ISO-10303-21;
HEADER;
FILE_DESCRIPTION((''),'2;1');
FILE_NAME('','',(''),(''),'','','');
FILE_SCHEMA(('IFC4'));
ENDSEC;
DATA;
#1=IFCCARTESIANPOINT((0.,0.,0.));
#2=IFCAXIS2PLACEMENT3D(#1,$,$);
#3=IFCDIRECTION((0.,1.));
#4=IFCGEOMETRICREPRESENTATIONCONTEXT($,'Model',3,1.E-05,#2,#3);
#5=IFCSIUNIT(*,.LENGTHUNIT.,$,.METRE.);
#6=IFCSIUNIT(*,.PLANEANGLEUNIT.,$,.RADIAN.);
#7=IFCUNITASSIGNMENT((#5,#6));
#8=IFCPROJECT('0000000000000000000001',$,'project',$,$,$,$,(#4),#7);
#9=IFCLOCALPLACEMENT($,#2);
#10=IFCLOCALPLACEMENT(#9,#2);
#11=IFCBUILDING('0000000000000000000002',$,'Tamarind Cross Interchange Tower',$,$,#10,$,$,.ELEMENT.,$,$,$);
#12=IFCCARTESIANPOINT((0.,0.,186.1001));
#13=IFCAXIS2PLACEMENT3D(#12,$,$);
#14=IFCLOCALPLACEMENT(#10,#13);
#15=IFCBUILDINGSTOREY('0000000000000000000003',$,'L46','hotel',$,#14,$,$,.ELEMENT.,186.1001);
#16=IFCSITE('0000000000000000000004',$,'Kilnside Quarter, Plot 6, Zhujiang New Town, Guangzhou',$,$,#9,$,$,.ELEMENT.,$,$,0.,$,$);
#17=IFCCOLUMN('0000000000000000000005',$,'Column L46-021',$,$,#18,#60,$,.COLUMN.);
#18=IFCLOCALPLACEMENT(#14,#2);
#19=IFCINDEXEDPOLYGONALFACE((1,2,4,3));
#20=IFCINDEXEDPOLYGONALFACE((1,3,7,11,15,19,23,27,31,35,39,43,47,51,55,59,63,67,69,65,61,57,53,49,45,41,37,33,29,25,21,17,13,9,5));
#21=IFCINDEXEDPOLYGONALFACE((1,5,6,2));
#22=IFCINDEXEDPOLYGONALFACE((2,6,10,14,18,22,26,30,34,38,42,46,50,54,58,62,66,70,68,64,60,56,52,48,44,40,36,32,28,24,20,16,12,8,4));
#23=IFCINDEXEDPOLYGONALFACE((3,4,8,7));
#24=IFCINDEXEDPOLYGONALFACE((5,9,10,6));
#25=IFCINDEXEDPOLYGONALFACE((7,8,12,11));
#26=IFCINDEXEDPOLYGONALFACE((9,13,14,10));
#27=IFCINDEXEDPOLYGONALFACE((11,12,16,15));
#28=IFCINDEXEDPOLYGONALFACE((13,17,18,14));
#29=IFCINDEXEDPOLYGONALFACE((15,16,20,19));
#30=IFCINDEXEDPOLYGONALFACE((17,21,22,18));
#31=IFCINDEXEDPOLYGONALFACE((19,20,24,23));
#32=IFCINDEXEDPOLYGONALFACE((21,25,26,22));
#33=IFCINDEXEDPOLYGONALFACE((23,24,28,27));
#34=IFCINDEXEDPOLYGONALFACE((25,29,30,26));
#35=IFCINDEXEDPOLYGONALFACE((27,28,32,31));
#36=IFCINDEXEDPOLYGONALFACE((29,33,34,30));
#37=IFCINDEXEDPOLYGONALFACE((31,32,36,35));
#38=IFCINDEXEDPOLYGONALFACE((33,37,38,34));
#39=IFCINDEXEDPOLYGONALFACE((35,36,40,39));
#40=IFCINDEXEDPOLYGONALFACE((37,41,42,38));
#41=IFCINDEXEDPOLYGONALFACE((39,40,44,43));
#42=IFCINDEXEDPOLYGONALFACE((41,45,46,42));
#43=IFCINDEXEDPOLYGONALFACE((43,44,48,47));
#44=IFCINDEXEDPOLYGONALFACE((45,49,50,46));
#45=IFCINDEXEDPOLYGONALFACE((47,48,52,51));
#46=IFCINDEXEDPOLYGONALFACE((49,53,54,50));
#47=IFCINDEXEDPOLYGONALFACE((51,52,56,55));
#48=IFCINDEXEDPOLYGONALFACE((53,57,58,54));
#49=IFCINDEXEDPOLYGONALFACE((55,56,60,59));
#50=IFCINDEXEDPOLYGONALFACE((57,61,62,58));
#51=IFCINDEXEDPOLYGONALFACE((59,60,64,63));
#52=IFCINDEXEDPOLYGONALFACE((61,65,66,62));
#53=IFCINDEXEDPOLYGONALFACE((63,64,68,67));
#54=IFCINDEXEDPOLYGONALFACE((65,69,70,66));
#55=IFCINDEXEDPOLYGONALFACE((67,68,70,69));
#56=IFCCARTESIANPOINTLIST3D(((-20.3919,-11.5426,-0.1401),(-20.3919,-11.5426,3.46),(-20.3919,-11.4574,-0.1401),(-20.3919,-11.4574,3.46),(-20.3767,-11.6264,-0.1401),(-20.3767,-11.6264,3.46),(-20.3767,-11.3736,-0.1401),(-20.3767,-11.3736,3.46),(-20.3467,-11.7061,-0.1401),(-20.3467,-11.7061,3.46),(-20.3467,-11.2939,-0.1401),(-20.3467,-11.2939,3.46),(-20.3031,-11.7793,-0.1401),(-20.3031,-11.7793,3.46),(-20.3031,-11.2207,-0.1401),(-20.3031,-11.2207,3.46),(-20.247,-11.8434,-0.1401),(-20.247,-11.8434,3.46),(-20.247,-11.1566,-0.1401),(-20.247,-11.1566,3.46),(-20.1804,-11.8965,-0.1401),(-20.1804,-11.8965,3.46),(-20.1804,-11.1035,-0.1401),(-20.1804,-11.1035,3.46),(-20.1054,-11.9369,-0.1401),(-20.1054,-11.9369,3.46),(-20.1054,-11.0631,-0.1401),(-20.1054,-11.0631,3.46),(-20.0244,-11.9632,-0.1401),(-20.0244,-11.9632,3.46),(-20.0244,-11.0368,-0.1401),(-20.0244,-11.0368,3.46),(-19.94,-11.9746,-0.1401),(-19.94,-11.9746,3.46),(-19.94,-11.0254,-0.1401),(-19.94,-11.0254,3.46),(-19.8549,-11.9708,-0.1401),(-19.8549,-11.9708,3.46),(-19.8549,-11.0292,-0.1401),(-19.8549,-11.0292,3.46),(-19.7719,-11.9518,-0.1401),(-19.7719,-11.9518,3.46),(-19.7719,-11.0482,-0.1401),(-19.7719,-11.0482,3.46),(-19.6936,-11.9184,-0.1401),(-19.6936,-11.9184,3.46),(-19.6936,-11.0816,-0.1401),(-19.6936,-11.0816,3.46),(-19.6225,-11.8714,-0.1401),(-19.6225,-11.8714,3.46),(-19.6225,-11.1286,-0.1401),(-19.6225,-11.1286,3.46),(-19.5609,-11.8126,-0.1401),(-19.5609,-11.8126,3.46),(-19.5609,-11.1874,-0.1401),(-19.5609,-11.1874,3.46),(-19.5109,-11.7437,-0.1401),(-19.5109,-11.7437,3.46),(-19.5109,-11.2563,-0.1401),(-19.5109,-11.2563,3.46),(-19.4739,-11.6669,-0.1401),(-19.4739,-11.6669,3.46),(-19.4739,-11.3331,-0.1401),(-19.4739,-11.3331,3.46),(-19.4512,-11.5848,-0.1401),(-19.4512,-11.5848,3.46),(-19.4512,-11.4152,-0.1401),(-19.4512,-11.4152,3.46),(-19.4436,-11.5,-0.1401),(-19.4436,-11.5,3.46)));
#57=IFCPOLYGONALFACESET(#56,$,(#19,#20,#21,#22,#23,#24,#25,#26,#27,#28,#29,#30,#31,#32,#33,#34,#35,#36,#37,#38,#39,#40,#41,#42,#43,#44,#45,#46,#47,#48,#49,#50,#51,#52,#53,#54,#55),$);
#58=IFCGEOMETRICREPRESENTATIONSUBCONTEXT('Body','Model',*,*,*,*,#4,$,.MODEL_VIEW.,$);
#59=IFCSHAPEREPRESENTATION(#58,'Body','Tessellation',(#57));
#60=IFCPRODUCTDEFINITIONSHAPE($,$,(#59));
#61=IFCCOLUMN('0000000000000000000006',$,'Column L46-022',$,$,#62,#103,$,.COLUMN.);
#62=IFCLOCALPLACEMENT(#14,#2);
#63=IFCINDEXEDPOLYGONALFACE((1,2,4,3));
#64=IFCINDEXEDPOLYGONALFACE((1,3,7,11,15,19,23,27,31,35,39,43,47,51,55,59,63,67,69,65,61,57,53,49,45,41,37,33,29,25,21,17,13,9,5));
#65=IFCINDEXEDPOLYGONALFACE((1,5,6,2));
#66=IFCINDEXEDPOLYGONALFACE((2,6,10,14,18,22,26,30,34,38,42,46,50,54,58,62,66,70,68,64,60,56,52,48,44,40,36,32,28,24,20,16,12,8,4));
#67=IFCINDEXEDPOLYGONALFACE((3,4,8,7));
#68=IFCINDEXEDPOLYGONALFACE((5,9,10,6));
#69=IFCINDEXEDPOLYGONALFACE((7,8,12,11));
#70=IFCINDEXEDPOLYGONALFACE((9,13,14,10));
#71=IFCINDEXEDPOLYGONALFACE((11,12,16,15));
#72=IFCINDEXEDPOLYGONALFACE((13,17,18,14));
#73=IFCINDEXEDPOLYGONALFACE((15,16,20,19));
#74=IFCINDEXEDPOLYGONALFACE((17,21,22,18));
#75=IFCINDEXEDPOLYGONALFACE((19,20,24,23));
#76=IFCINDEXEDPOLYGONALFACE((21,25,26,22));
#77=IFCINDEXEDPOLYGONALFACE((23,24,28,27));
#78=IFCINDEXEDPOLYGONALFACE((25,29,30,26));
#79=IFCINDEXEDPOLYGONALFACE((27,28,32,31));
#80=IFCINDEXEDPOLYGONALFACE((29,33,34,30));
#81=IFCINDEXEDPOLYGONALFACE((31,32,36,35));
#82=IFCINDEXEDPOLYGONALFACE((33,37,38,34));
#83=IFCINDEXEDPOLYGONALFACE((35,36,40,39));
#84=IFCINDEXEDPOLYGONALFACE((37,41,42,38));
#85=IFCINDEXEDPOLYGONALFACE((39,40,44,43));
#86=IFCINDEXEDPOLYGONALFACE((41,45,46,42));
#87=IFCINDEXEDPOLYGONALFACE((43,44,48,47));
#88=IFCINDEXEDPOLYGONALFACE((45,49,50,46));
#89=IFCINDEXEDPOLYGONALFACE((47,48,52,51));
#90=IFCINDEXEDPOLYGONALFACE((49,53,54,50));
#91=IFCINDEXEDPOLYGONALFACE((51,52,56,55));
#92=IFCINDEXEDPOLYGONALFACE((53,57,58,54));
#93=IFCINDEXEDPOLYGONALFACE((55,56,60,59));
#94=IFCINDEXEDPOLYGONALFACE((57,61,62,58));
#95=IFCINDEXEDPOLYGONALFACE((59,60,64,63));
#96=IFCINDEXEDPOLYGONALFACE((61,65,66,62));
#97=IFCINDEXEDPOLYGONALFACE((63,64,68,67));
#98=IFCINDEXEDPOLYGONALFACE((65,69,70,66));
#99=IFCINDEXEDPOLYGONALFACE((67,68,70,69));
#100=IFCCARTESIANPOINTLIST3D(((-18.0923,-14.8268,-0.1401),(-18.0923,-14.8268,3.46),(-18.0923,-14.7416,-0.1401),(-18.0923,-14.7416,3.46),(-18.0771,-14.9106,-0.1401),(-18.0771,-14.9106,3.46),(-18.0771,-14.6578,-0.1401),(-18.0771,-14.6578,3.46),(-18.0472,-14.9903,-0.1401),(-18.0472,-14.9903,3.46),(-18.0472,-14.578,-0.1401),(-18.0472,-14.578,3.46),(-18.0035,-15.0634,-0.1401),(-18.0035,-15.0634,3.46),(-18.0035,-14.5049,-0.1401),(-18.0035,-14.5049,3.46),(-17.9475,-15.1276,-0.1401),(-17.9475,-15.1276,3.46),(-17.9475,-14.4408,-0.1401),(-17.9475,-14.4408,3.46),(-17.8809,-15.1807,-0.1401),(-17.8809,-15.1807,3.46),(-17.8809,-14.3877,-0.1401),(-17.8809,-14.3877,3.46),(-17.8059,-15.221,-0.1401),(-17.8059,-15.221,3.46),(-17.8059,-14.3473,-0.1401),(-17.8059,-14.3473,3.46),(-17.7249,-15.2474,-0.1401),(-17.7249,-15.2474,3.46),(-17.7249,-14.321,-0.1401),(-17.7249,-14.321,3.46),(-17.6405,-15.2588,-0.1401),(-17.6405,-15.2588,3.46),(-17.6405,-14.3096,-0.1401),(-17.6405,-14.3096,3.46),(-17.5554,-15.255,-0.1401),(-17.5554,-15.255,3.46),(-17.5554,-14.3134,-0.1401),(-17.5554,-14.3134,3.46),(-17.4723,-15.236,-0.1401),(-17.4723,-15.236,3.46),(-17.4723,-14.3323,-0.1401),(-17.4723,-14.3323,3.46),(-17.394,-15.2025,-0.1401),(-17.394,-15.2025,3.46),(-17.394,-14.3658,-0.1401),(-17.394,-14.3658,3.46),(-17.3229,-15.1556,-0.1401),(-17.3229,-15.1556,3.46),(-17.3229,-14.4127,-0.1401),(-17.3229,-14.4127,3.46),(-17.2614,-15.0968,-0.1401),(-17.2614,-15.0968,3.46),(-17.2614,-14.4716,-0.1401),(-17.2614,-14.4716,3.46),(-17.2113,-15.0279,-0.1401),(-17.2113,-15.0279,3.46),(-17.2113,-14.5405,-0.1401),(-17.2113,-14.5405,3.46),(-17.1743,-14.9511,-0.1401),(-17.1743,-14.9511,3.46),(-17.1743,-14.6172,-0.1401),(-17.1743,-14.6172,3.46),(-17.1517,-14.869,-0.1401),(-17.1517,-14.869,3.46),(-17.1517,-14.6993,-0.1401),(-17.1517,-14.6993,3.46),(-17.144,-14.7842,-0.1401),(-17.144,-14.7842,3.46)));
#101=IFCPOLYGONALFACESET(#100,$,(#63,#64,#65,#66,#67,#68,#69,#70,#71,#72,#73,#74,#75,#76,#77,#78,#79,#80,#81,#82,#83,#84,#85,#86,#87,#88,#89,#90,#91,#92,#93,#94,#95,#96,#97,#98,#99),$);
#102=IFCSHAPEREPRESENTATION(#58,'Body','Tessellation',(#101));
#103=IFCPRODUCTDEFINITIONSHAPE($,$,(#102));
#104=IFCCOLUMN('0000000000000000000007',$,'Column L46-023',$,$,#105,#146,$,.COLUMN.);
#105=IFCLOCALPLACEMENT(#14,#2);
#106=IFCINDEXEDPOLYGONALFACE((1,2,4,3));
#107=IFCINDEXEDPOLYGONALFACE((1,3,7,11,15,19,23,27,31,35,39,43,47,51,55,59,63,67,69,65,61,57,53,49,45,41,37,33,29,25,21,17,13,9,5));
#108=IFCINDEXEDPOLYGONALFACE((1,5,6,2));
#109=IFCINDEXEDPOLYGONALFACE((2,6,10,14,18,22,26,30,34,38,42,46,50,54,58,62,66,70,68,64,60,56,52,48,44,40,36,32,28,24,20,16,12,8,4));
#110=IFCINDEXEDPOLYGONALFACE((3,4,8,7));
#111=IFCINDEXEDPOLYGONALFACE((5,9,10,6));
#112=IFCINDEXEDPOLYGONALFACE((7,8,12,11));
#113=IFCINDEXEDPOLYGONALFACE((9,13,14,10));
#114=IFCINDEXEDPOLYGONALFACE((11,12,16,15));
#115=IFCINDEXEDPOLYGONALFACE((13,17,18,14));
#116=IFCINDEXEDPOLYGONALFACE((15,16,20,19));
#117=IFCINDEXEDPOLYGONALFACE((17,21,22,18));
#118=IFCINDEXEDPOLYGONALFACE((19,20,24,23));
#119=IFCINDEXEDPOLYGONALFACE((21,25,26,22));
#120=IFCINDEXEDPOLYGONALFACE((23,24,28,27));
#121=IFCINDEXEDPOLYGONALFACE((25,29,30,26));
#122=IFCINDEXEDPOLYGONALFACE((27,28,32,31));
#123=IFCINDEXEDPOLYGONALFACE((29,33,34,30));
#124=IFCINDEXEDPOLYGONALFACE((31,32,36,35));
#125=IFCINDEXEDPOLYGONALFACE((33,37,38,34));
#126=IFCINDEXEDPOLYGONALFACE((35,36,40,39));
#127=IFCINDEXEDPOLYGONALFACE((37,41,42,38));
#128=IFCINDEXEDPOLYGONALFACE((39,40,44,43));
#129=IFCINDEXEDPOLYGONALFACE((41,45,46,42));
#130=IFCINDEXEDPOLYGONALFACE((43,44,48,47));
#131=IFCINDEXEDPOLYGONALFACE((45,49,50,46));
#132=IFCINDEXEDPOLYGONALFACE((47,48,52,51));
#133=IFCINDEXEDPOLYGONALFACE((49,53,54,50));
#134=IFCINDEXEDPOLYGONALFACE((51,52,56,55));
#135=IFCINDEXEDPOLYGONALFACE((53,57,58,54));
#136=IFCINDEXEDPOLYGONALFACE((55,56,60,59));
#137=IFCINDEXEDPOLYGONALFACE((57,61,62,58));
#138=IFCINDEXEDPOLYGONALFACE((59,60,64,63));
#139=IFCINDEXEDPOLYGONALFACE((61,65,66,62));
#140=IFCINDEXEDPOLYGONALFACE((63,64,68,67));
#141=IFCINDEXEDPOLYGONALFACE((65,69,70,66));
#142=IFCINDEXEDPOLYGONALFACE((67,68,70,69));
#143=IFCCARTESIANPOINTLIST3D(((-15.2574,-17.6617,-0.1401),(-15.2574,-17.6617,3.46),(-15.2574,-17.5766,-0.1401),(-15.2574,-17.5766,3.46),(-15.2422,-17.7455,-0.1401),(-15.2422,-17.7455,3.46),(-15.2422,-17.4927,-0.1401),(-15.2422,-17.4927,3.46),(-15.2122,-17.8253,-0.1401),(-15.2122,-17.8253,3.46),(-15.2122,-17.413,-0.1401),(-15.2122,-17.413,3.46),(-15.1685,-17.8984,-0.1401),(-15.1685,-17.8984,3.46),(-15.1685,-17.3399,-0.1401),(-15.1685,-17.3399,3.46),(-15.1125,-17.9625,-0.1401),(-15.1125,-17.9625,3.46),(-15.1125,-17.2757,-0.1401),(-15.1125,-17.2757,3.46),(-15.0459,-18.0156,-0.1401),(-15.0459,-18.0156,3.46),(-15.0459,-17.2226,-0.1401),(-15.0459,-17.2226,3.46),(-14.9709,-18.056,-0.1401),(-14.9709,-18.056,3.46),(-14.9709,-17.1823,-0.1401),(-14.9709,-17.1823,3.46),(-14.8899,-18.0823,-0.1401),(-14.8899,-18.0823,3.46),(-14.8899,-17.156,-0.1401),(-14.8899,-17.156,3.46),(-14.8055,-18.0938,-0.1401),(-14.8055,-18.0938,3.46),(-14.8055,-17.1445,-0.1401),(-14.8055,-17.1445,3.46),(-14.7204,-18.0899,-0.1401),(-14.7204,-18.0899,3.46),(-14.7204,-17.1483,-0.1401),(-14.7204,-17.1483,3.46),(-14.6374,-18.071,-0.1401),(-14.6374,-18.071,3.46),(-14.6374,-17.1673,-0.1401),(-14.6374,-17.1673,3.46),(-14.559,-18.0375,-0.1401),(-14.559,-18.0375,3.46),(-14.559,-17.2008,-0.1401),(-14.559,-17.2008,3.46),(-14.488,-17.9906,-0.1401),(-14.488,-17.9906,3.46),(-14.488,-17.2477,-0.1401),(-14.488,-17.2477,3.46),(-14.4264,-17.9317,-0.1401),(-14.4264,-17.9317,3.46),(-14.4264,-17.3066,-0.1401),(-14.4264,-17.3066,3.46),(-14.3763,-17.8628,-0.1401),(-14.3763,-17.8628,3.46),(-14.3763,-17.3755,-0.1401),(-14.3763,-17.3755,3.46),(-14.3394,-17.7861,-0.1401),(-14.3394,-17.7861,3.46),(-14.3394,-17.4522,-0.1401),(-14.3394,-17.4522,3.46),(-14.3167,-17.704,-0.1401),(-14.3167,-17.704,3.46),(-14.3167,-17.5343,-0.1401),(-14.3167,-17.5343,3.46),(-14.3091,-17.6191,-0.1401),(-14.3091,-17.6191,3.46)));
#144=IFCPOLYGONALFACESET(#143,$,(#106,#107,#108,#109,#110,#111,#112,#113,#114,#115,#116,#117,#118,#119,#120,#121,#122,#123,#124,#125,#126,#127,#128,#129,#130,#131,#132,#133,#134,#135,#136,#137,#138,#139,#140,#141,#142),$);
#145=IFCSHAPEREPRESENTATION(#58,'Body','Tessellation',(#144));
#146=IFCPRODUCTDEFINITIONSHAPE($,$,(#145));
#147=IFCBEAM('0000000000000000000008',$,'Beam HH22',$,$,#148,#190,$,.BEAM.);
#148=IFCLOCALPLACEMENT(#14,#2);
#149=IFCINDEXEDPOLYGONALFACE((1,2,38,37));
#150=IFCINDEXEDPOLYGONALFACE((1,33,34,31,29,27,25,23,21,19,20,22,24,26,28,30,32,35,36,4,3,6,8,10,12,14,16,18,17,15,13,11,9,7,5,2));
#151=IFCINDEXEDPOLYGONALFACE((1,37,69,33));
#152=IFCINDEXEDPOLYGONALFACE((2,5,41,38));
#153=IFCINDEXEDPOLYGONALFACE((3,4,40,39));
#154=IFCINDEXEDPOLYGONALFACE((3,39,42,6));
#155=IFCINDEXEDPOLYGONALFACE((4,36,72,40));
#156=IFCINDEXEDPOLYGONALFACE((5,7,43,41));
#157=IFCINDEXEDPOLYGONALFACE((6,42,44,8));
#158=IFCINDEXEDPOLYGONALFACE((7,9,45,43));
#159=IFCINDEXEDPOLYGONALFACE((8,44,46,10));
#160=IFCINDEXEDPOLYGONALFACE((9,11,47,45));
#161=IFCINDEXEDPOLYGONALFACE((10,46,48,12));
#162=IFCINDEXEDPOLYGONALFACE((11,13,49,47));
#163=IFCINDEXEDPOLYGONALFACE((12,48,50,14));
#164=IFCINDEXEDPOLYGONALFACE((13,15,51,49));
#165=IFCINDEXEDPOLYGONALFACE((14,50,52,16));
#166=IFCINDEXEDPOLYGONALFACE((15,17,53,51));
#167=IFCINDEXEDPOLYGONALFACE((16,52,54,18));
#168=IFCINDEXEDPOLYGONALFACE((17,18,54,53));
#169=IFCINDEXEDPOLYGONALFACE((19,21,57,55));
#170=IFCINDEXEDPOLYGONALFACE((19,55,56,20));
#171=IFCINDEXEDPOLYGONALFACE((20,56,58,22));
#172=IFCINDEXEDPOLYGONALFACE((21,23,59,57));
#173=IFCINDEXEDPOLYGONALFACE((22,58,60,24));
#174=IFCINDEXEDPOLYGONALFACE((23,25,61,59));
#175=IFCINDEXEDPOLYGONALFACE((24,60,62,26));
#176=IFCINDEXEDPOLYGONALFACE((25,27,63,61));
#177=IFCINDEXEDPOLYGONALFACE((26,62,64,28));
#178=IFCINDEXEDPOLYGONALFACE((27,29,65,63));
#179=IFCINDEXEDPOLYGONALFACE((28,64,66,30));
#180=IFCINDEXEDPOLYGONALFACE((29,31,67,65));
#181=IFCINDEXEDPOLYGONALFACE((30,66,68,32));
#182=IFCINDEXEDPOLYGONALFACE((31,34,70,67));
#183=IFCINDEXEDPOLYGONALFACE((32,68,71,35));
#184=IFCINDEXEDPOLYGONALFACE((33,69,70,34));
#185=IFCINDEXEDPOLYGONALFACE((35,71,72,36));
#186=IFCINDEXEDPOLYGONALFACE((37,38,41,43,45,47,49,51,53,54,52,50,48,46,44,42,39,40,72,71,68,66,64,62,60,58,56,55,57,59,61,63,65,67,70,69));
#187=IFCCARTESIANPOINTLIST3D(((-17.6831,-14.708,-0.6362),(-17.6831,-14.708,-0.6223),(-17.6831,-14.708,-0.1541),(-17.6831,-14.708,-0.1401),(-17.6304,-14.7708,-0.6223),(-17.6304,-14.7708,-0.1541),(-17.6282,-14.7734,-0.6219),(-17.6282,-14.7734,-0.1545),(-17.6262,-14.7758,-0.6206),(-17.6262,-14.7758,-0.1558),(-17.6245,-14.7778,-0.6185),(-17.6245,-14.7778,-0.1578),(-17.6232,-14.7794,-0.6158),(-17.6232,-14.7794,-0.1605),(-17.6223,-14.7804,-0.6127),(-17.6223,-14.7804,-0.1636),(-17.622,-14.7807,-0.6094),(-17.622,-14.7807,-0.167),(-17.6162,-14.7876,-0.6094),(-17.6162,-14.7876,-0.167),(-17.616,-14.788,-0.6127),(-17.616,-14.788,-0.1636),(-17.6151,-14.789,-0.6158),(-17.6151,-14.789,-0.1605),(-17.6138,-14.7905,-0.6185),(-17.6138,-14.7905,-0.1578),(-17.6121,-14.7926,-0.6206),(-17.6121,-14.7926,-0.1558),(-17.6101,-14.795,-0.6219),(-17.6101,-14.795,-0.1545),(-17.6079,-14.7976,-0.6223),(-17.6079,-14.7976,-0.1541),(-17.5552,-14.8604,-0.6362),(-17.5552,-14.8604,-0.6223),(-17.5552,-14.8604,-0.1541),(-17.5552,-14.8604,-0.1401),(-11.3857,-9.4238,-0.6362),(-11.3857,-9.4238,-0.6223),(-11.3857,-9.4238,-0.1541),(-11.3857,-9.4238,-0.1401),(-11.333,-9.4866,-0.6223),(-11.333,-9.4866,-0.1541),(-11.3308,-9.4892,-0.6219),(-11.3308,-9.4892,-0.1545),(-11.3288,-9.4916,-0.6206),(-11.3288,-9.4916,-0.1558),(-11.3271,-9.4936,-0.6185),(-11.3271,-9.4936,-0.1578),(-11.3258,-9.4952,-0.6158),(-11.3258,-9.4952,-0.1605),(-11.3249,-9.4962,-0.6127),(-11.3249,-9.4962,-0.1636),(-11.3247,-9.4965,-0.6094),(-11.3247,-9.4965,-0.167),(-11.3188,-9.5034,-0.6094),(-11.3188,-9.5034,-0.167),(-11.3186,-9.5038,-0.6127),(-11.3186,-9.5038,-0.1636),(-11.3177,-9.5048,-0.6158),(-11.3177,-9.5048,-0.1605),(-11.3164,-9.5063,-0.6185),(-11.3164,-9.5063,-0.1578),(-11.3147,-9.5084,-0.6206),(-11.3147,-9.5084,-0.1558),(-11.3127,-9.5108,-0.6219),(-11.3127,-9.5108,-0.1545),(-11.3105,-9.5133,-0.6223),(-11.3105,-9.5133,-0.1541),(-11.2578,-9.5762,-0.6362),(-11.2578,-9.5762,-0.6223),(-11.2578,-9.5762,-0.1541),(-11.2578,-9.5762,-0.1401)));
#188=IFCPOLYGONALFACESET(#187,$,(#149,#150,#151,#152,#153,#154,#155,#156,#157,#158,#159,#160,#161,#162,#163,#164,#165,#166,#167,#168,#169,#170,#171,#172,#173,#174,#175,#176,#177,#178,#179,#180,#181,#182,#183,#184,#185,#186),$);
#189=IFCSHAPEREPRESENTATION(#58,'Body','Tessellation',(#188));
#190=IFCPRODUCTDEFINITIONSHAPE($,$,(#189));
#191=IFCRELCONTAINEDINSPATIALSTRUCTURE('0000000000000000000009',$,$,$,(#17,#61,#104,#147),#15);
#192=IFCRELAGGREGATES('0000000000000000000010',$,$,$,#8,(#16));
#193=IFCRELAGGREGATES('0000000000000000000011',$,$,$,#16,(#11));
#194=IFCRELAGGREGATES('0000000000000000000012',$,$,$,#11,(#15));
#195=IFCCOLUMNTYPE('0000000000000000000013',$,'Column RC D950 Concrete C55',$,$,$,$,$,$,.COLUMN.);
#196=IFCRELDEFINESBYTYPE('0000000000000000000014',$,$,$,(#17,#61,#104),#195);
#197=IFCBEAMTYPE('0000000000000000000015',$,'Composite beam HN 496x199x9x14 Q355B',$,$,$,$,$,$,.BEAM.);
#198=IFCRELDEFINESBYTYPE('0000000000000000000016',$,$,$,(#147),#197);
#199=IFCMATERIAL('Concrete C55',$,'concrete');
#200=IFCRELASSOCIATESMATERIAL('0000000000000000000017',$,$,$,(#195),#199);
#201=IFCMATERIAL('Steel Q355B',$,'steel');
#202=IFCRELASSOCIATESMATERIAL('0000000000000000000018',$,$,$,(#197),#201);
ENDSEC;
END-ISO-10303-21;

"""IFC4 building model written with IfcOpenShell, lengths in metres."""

from ifc_helpers import new_model, si_unit, direction, frame, origin, origin_2d, place, context, subcontext, project, spatial, circle, i_section, extrude, material, material_profile, profile_set, type_object, element, save


model = new_model("IFC4")

# Units and contexts
model_context = context("Model", 3, precision=1e-05, world=origin(), true_north=direction((0.0, 1.0)))
body_context = subcontext(model_context, "Body", "Model", "MODEL_VIEW")
ifc_project = project(units=[si_unit("LENGTHUNIT", "METRE"), si_unit("PLANEANGLEUNIT", "RADIAN")], contexts=[model_context])

# Site, building, storey
site_placement = place(None, origin())
site = spatial("IfcSite", under=ifc_project, at=site_placement, Name="Kilnside Quarter, Plot 6, Zhujiang New Town, Guangzhou", CompositionType="ELEMENT", RefElevation=0.0)
building_placement = place(site_placement, origin())
building = spatial("IfcBuilding", under=site, at=building_placement, Name="Tamarind Cross Interchange Tower", CompositionType="ELEMENT")
storey_placement = place(building_placement, frame((0.0, 0.0, 186.1001)))
storey = spatial("IfcBuildingStorey", under=building, at=storey_placement, Name="L46", Description="hotel", CompositionType="ELEMENT", Elevation=186.1001)

# Columns
ifc_material_1 = material(Name="Concrete C55", Category="concrete")
ifc_material_profile_1 = material_profile(ifc_material_1, circle(Radius=0.4751, at=origin_2d()), Name="RC D950")
ifc_profile_set_1 = profile_set([ifc_material_profile_1], Name="Concrete C55")
column_type = type_object("IfcColumnType", Name="Column RC D950 Concrete C55", PredefinedType="COLUMN", material=ifc_profile_set_1)
for number, where, z_axis, x_axis, name in (
    (1, (-19.9187, -11.5, -0.1401), (0.0, 0.0, 1.0), (1.0, 0.0, 0.0), "Column L46-021"),
    (2, (-17.6191, -14.7842, -0.1401), (0.0, 0.0, 1.0), (1.0, 0.0, 0.0), "Column L46-022"),
    (3, (-14.7842, -17.6191, -0.1401), (0.0, 0.0, 1.0), (1.0, 0.0, 0.0), "Column L46-023"),
):
    element("IfcColumn", number, at=place(storey_placement, frame(where, z_axis=z_axis, x_axis=x_axis)), inside=storey, type_object=column_type, Name=name, PredefinedType="COLUMN", context=body_context, shape_type="SweptSolid", body=[
        extrude(circle(Radius=0.4751, at=origin_2d()), origin(), (0.0, 0.0, 1.0), 3.6001),
    ])

# Beam
ifc_material_2 = material(Name="Steel Q355B", Category="steel")
ifc_material_profile_2 = material_profile(ifc_material_2, i_section(OverallWidth=0.199, OverallDepth=0.4961, WebThickness=0.009, FlangeThickness=0.0139, FilletRadius=0.0129, at=origin_2d()), Name="HN 496x199x9x14")
ifc_profile_set_2 = profile_set([ifc_material_profile_2], Name="Steel Q355B")
beam_type = type_object("IfcBeamType", Name="Composite beam HN 496x199x9x14 Q355B", PredefinedType="BEAM", material=ifc_profile_set_2)
beam_1_placement = place(storey_placement, frame((-17.6191, -14.7842, -0.3882), z_axis=(0.766041, 0.642792, 0.0), x_axis=(-0.642792, 0.766041, 0.0)))
element("IfcBeam", 4, at=beam_1_placement, inside=storey, type_object=beam_type, Name="Beam HH22", PredefinedType="BEAM", context=body_context, shape_type="SweptSolid", body=[
    extrude(i_section(OverallWidth=0.199, OverallDepth=0.4961, WebThickness=0.009, FlangeThickness=0.0139, FilletRadius=0.0129, at=origin_2d()), origin(), (0.0, 0.0, 1.0), 8.2207),
])

save(model, "model.ifc")
